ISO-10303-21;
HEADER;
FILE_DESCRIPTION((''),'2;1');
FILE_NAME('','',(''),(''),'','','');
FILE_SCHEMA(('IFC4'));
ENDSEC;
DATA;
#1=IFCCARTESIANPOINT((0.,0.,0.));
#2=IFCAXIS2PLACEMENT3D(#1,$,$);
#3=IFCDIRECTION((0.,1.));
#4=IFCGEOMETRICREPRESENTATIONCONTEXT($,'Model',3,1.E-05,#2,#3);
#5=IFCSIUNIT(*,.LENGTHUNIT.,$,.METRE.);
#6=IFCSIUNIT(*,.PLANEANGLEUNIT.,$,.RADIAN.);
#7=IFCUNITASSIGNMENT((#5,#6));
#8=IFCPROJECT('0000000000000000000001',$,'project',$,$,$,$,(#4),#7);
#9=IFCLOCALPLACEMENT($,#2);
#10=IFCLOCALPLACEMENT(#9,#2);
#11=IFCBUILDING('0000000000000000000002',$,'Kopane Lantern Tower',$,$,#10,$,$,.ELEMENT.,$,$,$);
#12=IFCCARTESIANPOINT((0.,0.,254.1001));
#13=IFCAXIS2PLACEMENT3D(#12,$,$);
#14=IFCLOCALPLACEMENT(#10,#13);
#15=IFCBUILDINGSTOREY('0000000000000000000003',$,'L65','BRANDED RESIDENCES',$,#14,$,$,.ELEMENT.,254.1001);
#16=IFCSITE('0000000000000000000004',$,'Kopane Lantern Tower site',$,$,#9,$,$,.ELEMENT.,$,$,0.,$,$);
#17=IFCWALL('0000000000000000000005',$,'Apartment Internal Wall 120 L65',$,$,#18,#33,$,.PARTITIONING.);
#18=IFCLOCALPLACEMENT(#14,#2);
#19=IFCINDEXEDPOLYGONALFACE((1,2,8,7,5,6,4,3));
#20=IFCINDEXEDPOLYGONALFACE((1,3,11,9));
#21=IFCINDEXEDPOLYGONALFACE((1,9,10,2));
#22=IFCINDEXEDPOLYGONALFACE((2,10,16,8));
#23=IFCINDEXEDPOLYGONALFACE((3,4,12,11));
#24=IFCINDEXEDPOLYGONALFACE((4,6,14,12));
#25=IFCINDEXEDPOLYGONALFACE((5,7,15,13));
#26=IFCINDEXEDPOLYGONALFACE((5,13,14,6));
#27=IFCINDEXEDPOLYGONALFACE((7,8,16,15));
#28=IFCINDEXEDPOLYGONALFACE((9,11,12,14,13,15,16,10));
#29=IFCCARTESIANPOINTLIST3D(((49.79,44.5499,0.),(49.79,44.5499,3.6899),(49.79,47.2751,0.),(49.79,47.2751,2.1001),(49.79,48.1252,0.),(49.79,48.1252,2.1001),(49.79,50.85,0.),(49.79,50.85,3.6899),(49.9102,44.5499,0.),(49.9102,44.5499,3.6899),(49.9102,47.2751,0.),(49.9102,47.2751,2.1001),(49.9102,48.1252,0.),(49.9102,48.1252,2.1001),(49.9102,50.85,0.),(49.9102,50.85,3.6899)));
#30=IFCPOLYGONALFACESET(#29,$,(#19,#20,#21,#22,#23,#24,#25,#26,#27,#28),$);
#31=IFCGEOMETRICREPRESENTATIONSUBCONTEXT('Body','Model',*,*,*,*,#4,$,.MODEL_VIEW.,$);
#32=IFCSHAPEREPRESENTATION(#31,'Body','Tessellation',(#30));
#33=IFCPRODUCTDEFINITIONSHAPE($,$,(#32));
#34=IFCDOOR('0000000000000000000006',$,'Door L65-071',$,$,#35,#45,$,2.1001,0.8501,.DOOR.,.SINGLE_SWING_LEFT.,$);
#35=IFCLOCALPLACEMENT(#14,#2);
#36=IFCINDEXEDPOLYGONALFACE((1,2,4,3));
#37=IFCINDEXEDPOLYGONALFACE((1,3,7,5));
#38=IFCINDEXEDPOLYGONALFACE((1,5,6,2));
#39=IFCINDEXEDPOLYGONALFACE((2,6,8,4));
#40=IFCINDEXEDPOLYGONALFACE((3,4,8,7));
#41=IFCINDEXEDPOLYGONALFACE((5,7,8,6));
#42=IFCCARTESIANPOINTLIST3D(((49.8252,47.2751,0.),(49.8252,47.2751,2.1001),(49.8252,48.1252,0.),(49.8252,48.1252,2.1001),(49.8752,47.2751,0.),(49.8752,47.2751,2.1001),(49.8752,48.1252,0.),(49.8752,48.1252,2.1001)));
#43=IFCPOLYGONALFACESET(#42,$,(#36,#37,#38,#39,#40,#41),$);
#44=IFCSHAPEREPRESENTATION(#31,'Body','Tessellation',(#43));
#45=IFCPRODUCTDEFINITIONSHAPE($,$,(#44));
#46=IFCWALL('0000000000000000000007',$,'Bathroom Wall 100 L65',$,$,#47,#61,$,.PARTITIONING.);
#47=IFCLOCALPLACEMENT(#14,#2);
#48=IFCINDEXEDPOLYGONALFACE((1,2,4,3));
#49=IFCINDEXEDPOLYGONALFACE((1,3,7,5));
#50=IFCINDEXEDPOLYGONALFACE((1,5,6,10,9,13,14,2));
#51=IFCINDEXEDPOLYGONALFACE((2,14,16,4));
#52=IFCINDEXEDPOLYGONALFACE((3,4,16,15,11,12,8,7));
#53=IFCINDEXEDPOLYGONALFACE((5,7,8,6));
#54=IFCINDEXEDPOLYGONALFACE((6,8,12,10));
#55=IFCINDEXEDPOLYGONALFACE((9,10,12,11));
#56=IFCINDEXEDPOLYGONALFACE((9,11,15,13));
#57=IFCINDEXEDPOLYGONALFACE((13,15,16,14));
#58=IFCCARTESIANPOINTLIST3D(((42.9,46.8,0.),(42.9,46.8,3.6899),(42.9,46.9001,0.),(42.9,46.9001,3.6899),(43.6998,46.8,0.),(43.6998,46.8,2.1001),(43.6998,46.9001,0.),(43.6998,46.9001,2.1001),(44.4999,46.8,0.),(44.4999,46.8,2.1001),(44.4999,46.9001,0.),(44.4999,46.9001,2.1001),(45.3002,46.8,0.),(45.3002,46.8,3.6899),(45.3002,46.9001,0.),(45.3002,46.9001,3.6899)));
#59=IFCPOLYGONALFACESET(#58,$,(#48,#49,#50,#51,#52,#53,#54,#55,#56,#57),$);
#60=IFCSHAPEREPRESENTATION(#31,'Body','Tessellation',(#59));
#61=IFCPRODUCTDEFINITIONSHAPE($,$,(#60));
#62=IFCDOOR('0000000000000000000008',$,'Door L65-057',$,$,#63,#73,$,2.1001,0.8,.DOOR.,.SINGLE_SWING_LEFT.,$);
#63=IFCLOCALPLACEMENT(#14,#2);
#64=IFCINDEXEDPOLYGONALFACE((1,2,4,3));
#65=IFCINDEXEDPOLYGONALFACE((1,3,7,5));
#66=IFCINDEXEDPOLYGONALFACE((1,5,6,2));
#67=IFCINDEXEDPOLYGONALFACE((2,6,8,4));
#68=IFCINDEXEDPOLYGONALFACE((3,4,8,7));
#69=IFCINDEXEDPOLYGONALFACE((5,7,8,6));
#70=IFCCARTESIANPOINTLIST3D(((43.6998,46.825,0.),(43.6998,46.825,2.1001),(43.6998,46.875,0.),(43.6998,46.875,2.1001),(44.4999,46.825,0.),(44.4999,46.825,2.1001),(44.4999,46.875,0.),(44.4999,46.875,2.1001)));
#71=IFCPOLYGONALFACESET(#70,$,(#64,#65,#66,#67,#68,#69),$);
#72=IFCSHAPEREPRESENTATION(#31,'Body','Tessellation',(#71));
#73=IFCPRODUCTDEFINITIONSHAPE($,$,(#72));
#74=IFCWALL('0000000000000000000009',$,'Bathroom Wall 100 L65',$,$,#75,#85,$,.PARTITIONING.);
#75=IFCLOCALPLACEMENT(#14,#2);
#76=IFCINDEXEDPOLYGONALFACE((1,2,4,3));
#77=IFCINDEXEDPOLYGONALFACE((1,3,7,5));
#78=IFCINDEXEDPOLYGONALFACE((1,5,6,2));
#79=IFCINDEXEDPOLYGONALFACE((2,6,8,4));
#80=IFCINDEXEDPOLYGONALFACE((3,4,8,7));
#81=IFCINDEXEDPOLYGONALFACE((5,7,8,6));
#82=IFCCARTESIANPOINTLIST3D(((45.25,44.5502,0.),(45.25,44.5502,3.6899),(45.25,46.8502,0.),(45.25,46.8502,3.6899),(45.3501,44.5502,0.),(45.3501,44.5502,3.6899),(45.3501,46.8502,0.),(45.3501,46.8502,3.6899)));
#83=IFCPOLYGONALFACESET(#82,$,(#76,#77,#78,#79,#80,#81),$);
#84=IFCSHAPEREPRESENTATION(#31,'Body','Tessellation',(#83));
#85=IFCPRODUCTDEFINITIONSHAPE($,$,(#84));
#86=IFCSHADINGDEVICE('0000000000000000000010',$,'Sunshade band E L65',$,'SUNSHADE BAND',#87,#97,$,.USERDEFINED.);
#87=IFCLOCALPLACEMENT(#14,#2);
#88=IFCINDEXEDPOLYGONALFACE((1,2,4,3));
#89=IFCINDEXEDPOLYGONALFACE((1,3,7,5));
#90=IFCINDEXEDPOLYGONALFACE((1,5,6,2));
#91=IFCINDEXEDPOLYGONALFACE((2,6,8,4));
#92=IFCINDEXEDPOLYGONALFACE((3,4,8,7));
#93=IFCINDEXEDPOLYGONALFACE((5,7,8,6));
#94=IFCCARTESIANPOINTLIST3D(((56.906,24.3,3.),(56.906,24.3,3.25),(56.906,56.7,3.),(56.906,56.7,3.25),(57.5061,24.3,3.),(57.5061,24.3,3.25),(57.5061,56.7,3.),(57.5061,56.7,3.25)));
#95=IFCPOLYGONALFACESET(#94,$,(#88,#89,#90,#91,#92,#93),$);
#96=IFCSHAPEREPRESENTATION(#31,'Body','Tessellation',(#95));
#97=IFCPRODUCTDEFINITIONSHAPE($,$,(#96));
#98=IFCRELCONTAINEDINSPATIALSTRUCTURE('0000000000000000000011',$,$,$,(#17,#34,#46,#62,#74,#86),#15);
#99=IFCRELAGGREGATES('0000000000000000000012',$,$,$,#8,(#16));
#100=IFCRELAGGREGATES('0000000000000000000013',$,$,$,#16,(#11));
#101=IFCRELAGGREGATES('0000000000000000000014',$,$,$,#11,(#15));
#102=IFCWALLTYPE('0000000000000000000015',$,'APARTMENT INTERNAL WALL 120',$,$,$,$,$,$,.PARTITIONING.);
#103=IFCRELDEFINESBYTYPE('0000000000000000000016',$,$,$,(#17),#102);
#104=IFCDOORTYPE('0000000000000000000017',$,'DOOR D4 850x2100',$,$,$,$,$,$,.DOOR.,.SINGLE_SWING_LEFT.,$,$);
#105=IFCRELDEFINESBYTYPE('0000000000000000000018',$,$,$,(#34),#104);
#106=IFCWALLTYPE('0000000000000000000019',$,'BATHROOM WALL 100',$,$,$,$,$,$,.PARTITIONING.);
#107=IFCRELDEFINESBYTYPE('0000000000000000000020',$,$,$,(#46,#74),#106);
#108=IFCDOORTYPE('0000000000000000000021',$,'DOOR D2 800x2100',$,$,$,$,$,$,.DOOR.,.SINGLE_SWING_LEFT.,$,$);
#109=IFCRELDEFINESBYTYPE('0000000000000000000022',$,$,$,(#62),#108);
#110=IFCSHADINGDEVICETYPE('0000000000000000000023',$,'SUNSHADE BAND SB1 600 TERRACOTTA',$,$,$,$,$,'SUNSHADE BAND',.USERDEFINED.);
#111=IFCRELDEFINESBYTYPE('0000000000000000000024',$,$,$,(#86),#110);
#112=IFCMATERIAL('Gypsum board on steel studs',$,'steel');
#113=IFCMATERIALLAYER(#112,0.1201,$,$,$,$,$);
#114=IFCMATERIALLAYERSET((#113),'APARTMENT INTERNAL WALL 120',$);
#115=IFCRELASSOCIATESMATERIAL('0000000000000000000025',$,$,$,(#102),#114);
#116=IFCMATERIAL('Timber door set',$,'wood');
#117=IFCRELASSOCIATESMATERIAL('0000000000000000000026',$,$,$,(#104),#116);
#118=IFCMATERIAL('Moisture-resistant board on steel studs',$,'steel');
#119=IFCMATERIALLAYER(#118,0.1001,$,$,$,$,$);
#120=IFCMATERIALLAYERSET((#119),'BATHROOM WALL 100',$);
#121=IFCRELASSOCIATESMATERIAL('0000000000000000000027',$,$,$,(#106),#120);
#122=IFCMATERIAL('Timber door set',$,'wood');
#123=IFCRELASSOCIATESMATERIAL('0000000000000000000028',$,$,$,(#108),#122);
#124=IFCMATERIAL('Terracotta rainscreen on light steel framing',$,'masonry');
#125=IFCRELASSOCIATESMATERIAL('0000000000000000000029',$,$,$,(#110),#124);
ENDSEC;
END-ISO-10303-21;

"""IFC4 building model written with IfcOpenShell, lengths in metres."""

from ifc_helpers import new_model, si_unit, direction, frame, frame_2d, origin, origin_2d, place, context, subcontext, project, spatial, rectangle, extrude, material, layer, layer_set, type_object, element, fill, save


model = new_model("IFC4")

# Units and contexts
model_context = context("Model", 3, precision=1e-05, world=origin(), true_north=direction((0.0, 1.0)))
body_context = subcontext(model_context, "Body", "Model", "MODEL_VIEW")
ifc_project = project(units=[si_unit("LENGTHUNIT", "METRE"), si_unit("PLANEANGLEUNIT", "RADIAN")], contexts=[model_context])

# Site, building, storey
site_placement = place(None, origin())
site = spatial("IfcSite", under=ifc_project, at=site_placement, Name="Kopane Lantern Tower site", CompositionType="ELEMENT", RefElevation=0.0)
building_placement = place(site_placement, origin())
building = spatial("IfcBuilding", under=site, at=building_placement, Name="Kopane Lantern Tower", CompositionType="ELEMENT")
storey_placement = place(building_placement, frame((0.0, 0.0, 254.1001)))
storey = spatial("IfcBuildingStorey", under=building, at=storey_placement, Name="L65", Description="BRANDED RESIDENCES", CompositionType="ELEMENT", Elevation=254.1001)

# Shared definitions
ifc_material_1 = material(Name="Gypsum board on steel studs", Category="steel")
ifc_layer_1 = layer(ifc_material_1, 0.1201)
ifc_layer_set_1 = layer_set([ifc_layer_1], Name="APARTMENT INTERNAL WALL 120")
wall_type_1 = type_object("IfcWallType", Name="APARTMENT INTERNAL WALL 120", PredefinedType="PARTITIONING", material=ifc_layer_set_1)
ifc_material_2 = material(Name="Timber door set", Category="wood")
door_type_1 = type_object("IfcDoorType", Name="DOOR D4 850x2100", OperationType="SINGLE_SWING_LEFT", PredefinedType="DOOR", material=ifc_material_2)

# Walls, openings, doors
wall_1_placement = place(storey_placement, frame((49.8501, 44.55, 0.0), z_axis=(0.0, 0.0, 1.0), x_axis=(0.0, 1.0, 0.0)))
wall_1 = element("IfcWall", 1, at=wall_1_placement, inside=storey, type_object=wall_type_1, Name="Apartment Internal Wall 120 L65", PredefinedType="PARTITIONING", context=body_context, shape_type="SweptSolid", body=[
    extrude(rectangle(XDim=6.3, YDim=0.1201, at=frame_2d((3.1499, 0.0))), origin(), (0.0, 0.0, 1.0), 3.6899),
])
opening_1_placement = place(wall_1_placement, frame((2.7251, 0.0, 0.0)))
opening_1 = element("IfcOpeningElement", 2, at=opening_1_placement, cuts=wall_1, PredefinedType="OPENING", context=body_context, shape_type="SweptSolid", body=[
    extrude(rectangle(XDim=0.8501, YDim=2.1001, at=frame_2d((0.425, 1.05))), frame((0.0, 0.0701, 0.0), z_axis=(0.0, -1.0, 0.0), x_axis=(1.0, 0.0, 0.0)), (0.0, 0.0, 1.0), 0.1401),
])
door_1_placement = place(opening_1_placement, origin())
door_1 = element("IfcDoor", 3, at=door_1_placement, inside=storey, type_object=door_type_1, Name="Door L65-071", OperationType="SINGLE_SWING_LEFT", OverallHeight=2.1001, OverallWidth=0.8501, PredefinedType="DOOR", context=body_context, shape_type="SweptSolid", body=[
    extrude(rectangle(XDim=0.8501, YDim=2.1001, at=frame_2d((0.425, 1.05))), frame((0.0, 0.0249, 0.0), z_axis=(0.0, -1.0, 0.0), x_axis=(1.0, 0.0, 0.0)), (0.0, 0.0, 1.0), 0.05),
])
fill(opening_1, door_1)
ifc_material_3 = material(Name="Moisture-resistant board on steel studs", Category="steel")
ifc_layer_2 = layer(ifc_material_3, 0.1001)
ifc_layer_set_2 = layer_set([ifc_layer_2], Name="BATHROOM WALL 100")
wall_type_2 = type_object("IfcWallType", Name="BATHROOM WALL 100", PredefinedType="PARTITIONING", material=ifc_layer_set_2)
wall_2_placement = place(storey_placement, frame((42.8999, 46.8501, 0.0), z_axis=(0.0, 0.0, 1.0), x_axis=(1.0, 0.0, 0.0)))
wall_2 = element("IfcWall", 4, at=wall_2_placement, inside=storey, type_object=wall_type_2, Name="Bathroom Wall 100 L65", PredefinedType="PARTITIONING", context=body_context, shape_type="SweptSolid", body=[
    extrude(rectangle(XDim=2.4001, YDim=0.1001, at=frame_2d((1.2002, 0.0))), origin(), (0.0, 0.0, 1.0), 3.6899),
])
opening_2_placement = place(wall_2_placement, frame((0.8, 0.0, 0.0)))
opening_2 = element("IfcOpeningElement", 5, at=opening_2_placement, cuts=wall_2, PredefinedType="OPENING", context=body_context, shape_type="SweptSolid", body=[
    extrude(rectangle(XDim=0.8, YDim=2.1001, at=frame_2d((0.3999, 1.05))), frame((0.0, 0.0601, 0.0), z_axis=(0.0, -1.0, 0.0), x_axis=(1.0, 0.0, 0.0)), (0.0, 0.0, 1.0), 0.1201),
])
ifc_material_4 = material(Name="Timber door set", Category="wood")
door_type_2 = type_object("IfcDoorType", Name="DOOR D2 800x2100", OperationType="SINGLE_SWING_LEFT", PredefinedType="DOOR", material=ifc_material_4)
door_2_placement = place(opening_2_placement, origin())
door_2 = element("IfcDoor", 6, at=door_2_placement, inside=storey, type_object=door_type_2, Name="Door L65-057", OperationType="SINGLE_SWING_LEFT", OverallHeight=2.1001, OverallWidth=0.8, PredefinedType="DOOR", context=body_context, shape_type="SweptSolid", body=[
    extrude(rectangle(XDim=0.8, YDim=2.1001, at=frame_2d((0.3999, 1.05))), frame((0.0, 0.0249, 0.0), z_axis=(0.0, -1.0, 0.0), x_axis=(1.0, 0.0, 0.0)), (0.0, 0.0, 1.0), 0.05),
])
fill(opening_2, door_2)

# Wall
wall_3_placement = place(storey_placement, frame((45.3, 46.8501, 0.0), z_axis=(0.0, 0.0, 1.0), x_axis=(0.0, -1.0, 0.0)))
element("IfcWall", 7, at=wall_3_placement, inside=storey, type_object=wall_type_2, Name="Bathroom Wall 100 L65", PredefinedType="PARTITIONING", context=body_context, shape_type="SweptSolid", body=[
    extrude(rectangle(XDim=2.3, YDim=0.1001, at=frame_2d((1.1499, 0.0))), origin(), (0.0, 0.0, 1.0), 3.6899),
])

# Shading device
ifc_material_5 = material(Name="Terracotta rainscreen on light steel framing", Category="masonry")
shading_device_type = type_object("IfcShadingDeviceType", Name="SUNSHADE BAND SB1 600 TERRACOTTA", ElementType="SUNSHADE BAND", PredefinedType="USERDEFINED", material=ifc_material_5)
shading_device_placement = place(storey_placement, frame((57.2061, 40.5, 3.0), z_axis=(0.0, 0.0, 1.0), x_axis=(0.0, 1.0, 0.0)))
element("IfcShadingDevice", 8, at=shading_device_placement, inside=storey, type_object=shading_device_type, Name="Sunshade band E L65", ObjectType="SUNSHADE BAND", PredefinedType="USERDEFINED", context=body_context, shape_type="SweptSolid", body=[
    extrude(rectangle(XDim=32.3999, YDim=0.6001, at=origin_2d()), origin(), (0.0, 0.0, 1.0), 0.25),
])

save(model, "model.ifc")
